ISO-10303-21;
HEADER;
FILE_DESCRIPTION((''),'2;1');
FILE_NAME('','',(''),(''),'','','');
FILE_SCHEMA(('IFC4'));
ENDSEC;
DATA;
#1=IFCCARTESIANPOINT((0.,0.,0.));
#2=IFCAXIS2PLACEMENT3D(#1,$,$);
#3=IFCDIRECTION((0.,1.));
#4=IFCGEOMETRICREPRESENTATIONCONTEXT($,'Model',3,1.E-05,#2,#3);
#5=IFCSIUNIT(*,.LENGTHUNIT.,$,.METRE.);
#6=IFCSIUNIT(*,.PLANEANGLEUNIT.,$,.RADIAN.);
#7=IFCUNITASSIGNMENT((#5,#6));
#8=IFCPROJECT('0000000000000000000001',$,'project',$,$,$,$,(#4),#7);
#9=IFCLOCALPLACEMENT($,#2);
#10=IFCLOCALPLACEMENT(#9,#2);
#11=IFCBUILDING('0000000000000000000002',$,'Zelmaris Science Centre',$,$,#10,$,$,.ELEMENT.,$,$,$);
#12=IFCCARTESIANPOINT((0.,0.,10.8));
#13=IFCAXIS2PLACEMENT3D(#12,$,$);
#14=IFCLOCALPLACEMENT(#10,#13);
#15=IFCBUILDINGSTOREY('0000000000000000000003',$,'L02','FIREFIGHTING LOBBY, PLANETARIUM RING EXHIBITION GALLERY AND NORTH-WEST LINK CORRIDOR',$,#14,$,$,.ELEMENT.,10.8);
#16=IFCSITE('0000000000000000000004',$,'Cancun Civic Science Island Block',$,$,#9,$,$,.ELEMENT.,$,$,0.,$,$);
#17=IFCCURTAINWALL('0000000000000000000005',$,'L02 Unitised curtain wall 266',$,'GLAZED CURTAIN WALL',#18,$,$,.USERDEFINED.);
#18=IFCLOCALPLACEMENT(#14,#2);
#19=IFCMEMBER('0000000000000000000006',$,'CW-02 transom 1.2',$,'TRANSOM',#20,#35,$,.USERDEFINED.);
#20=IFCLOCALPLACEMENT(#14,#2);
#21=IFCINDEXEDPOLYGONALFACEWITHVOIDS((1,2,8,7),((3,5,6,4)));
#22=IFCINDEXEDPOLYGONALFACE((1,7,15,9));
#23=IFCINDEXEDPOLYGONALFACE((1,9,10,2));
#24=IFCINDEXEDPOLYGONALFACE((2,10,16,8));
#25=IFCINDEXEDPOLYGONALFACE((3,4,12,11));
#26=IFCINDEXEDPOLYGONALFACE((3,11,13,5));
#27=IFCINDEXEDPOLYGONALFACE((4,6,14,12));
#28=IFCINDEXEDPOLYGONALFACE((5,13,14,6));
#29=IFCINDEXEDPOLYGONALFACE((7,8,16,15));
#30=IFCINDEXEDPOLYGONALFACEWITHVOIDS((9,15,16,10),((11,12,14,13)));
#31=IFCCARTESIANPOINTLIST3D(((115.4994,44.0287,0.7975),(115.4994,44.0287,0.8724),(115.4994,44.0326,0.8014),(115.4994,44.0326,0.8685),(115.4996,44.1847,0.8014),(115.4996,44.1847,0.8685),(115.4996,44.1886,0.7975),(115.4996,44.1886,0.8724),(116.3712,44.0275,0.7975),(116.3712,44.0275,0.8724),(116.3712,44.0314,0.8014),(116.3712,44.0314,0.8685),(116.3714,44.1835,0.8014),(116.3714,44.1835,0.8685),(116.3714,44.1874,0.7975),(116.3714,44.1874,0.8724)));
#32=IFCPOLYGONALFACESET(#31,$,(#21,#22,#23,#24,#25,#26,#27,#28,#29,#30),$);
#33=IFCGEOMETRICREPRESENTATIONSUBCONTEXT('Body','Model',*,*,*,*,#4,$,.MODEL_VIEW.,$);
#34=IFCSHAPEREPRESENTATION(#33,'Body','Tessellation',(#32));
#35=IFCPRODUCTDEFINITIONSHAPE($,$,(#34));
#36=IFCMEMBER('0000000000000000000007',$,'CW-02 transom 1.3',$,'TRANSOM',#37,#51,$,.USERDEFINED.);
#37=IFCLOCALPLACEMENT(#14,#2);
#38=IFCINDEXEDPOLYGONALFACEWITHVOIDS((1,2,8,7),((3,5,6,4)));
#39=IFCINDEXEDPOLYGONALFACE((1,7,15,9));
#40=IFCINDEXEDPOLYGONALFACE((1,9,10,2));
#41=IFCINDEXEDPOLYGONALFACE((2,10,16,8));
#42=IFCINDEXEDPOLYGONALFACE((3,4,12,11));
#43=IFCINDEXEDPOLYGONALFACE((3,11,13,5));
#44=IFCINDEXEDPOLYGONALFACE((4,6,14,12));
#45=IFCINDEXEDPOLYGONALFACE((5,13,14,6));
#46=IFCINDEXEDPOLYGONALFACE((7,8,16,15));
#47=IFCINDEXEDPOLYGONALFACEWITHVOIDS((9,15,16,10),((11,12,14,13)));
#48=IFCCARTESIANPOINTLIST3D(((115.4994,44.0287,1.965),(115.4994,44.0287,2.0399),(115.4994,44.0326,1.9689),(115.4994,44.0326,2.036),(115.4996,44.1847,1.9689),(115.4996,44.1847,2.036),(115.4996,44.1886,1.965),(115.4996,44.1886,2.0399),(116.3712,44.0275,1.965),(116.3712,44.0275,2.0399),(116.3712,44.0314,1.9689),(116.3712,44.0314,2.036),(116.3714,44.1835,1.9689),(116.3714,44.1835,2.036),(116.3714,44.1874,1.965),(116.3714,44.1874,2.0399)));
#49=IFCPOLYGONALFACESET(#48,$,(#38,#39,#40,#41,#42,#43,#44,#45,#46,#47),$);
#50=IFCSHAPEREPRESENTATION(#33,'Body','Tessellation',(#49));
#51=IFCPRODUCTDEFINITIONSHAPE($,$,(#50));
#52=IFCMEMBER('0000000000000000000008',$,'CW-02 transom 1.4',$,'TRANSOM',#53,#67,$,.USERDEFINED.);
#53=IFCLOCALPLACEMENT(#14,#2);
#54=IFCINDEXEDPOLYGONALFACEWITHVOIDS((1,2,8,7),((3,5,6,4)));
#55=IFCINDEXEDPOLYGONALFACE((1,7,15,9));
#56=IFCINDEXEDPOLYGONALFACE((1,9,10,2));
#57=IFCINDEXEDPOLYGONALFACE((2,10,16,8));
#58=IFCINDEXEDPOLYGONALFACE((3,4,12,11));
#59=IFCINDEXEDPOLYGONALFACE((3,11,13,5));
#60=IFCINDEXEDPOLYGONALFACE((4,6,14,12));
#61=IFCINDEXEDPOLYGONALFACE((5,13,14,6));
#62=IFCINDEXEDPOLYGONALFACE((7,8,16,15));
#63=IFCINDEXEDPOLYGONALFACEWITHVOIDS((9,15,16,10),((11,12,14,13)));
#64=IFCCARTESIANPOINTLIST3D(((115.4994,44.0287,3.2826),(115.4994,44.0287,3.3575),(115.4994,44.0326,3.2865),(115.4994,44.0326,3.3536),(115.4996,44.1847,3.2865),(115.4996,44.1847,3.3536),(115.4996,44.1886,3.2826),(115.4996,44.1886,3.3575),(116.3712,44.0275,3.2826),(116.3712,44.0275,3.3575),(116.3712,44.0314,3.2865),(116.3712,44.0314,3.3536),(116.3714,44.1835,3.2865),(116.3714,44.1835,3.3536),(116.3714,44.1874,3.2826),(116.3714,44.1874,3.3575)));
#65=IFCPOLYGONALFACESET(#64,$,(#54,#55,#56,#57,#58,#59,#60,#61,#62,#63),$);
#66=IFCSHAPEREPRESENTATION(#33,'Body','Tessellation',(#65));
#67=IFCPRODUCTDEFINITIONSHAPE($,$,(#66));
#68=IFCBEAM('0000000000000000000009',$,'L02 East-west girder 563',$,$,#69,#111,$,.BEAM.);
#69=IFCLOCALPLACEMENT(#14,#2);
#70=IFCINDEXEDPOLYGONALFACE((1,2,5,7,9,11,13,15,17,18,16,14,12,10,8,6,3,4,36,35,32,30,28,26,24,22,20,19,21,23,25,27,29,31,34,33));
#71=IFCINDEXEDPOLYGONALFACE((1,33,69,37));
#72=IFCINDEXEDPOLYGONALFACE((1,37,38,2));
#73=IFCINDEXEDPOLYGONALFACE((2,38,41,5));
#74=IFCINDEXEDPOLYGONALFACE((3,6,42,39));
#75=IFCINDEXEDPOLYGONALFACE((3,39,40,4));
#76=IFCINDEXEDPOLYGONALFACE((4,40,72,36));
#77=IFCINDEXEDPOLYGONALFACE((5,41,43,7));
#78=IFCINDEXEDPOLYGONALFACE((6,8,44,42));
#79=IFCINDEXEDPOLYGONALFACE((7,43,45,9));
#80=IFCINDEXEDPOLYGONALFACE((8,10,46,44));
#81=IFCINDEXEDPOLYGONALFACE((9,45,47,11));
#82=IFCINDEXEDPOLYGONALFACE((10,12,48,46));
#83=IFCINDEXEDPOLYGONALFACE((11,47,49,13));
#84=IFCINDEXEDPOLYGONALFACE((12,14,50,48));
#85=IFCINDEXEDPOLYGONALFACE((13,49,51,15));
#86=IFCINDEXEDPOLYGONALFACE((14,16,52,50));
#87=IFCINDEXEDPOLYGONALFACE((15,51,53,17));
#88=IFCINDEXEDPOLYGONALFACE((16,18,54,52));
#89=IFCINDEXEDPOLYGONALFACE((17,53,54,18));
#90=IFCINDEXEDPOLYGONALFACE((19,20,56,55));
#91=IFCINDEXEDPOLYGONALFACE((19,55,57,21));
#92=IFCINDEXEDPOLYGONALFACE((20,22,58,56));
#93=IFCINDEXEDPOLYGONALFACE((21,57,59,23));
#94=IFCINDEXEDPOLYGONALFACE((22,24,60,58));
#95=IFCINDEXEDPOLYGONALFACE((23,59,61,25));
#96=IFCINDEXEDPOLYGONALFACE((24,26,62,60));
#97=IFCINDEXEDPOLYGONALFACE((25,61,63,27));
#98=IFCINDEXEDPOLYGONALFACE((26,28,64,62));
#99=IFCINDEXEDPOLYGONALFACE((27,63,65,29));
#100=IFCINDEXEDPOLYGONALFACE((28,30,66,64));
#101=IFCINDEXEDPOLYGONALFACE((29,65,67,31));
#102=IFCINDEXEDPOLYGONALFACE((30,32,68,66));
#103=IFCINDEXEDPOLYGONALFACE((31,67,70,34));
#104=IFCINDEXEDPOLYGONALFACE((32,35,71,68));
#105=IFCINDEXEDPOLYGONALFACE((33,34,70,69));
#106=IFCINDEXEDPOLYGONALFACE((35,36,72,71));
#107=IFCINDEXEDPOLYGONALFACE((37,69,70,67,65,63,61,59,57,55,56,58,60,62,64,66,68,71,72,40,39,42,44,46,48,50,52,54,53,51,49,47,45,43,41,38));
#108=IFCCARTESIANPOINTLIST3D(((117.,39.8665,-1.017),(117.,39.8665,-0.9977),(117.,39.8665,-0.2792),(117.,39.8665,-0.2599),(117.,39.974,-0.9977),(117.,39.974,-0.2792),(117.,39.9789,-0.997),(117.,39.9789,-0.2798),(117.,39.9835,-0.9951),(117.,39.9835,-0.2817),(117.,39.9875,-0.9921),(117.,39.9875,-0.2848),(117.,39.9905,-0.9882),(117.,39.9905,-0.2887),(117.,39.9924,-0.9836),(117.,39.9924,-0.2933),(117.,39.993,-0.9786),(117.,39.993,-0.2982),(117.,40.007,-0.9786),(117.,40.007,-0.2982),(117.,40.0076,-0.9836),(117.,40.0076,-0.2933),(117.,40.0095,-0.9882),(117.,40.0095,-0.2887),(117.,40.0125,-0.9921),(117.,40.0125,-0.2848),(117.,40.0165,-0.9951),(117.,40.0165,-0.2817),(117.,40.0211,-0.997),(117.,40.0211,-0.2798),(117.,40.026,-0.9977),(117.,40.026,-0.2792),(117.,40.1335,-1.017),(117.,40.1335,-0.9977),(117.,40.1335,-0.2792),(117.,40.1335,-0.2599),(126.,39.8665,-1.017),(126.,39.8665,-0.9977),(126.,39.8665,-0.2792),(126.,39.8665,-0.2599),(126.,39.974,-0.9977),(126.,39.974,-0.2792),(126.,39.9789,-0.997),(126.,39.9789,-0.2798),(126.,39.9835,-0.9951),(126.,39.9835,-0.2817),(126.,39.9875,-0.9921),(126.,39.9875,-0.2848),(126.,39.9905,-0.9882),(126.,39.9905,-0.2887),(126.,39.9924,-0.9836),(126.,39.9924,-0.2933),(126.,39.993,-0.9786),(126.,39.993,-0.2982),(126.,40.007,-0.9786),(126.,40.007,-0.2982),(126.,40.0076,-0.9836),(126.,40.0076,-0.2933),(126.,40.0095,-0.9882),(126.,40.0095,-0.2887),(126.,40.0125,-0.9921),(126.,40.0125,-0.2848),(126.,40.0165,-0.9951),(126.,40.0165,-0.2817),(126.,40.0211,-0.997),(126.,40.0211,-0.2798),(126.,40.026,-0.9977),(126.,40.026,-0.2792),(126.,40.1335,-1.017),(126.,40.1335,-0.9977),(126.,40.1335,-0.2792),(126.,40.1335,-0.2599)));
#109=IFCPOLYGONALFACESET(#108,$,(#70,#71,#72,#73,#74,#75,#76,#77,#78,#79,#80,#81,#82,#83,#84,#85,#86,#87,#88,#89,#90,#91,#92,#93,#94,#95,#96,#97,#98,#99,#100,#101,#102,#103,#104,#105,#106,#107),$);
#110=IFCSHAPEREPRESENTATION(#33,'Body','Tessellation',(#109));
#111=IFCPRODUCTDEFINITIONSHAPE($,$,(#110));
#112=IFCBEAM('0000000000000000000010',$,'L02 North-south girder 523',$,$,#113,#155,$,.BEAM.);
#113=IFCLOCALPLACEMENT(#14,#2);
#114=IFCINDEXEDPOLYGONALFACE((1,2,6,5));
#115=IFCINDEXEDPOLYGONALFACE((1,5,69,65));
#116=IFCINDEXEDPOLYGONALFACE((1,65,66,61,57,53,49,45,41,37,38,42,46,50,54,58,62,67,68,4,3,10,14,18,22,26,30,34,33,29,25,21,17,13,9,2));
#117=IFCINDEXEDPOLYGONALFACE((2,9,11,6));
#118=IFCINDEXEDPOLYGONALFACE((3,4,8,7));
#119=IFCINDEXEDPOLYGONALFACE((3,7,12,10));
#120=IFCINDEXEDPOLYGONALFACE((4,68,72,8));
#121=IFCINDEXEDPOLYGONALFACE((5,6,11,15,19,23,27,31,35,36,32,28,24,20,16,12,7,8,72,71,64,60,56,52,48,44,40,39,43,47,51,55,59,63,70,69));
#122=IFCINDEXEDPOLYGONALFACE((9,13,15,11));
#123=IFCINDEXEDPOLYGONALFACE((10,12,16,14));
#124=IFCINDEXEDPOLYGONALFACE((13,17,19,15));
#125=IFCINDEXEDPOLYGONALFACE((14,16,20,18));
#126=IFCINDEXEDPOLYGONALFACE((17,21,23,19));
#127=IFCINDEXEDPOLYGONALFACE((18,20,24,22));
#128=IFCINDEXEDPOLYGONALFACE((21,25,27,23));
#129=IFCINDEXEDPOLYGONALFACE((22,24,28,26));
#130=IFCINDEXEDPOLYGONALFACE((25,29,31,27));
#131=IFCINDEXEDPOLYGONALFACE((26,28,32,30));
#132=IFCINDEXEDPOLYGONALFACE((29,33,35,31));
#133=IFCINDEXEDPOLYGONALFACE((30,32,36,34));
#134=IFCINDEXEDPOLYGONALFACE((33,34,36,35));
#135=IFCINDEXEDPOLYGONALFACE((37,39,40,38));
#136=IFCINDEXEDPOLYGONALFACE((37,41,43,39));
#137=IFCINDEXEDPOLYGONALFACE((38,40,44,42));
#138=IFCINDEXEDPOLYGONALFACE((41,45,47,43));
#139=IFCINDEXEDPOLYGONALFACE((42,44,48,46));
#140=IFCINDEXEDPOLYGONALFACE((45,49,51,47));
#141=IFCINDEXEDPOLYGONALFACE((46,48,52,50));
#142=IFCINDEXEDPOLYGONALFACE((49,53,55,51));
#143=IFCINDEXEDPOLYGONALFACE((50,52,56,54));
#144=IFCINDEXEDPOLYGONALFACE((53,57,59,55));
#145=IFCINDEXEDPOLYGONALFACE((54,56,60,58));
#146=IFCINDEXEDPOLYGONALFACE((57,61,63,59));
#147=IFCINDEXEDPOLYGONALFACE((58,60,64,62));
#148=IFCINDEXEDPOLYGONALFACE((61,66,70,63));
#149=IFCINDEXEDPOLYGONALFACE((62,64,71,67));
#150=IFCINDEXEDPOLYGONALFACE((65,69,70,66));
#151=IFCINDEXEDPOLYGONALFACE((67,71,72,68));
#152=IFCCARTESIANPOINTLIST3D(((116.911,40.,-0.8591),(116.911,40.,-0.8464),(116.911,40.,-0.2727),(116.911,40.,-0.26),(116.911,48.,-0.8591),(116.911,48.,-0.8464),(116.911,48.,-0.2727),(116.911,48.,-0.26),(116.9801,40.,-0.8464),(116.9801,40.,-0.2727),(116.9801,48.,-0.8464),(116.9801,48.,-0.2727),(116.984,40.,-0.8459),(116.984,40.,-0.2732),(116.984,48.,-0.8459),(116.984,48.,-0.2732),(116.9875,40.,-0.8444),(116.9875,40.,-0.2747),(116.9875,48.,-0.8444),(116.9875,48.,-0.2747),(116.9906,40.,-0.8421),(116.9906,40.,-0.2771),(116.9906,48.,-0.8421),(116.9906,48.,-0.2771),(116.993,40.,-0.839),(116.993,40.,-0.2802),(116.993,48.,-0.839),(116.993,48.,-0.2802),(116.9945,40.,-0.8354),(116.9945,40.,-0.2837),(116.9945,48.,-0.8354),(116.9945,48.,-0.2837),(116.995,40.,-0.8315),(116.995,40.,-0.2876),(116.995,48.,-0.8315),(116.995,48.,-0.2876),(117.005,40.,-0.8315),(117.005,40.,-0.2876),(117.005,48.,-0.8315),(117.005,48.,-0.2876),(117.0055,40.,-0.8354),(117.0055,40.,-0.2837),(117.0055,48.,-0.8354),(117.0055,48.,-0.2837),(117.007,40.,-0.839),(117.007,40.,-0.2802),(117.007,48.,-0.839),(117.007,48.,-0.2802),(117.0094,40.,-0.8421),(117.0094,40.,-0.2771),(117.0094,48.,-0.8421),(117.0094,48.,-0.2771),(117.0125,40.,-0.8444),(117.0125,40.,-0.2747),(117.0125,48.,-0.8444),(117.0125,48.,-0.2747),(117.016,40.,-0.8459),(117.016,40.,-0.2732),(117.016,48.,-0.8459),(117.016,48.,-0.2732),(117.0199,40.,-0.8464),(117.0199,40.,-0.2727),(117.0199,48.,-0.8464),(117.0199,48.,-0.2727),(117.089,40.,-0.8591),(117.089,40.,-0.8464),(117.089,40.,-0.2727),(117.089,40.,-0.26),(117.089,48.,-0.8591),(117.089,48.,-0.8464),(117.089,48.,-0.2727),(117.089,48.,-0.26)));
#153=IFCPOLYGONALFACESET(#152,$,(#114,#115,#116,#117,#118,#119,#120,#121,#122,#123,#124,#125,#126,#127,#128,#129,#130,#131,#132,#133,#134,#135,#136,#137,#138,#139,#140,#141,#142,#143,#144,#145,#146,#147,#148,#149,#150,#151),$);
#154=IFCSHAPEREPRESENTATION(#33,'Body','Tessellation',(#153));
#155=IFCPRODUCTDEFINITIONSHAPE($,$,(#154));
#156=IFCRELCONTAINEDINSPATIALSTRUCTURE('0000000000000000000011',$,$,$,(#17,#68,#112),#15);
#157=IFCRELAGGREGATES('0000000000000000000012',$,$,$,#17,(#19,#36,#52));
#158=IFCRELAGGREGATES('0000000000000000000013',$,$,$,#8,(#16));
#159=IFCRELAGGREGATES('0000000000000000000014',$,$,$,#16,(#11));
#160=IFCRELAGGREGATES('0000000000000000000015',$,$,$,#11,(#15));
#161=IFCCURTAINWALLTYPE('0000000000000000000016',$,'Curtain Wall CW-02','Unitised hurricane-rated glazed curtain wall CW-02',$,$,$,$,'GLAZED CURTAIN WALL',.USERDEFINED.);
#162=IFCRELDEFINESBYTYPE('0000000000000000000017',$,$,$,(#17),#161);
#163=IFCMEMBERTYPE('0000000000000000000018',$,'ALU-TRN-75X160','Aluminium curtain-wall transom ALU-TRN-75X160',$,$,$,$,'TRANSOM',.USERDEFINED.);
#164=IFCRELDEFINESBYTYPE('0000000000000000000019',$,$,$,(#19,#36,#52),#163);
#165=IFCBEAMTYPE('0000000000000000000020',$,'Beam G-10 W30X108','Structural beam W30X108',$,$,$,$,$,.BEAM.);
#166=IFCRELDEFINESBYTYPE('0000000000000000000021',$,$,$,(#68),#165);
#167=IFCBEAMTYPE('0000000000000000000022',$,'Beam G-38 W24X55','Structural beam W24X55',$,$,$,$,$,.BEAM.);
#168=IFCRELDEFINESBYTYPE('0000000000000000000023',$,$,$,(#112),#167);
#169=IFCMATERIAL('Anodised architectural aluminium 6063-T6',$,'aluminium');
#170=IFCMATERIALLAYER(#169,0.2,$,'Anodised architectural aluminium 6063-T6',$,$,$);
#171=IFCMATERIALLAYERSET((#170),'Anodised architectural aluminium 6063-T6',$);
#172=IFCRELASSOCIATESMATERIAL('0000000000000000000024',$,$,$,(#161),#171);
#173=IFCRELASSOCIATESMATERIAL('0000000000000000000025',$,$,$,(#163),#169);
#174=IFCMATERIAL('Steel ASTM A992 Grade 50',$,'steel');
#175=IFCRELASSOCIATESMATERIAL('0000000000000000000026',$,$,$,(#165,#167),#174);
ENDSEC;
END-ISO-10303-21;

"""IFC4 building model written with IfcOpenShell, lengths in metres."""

from ifc_helpers import new_model, si_unit, direction, frame, origin, origin_2d, place, context, subcontext, project, spatial, hollow_rectangle, i_section, extrude, material, layer, layer_set, material_profile, profile_set, type_object, element, aggregate, save


model = new_model("IFC4")

# Units and contexts
model_context = context("Model", 3, precision=1e-05, world=origin(), true_north=direction((0.0, 1.0)))
body_context = subcontext(model_context, "Body", "Model", "MODEL_VIEW")
ifc_project = project(units=[si_unit("LENGTHUNIT", "METRE"), si_unit("PLANEANGLEUNIT", "RADIAN")], contexts=[model_context])

# Site, building, storey
site_placement = place(None, origin())
site = spatial("IfcSite", under=ifc_project, at=site_placement, Name="Cancun Civic Science Island Block", CompositionType="ELEMENT", RefElevation=0.0)
building_placement = place(site_placement, origin())
building = spatial("IfcBuilding", under=site, at=building_placement, Name="Zelmaris Science Centre", CompositionType="ELEMENT")
storey_placement = place(building_placement, frame((0.0, 0.0, 10.8)))
storey = spatial("IfcBuildingStorey", under=building, at=storey_placement, Name="L02", Description="FIREFIGHTING LOBBY, PLANETARIUM RING EXHIBITION GALLERY AND NORTH-WEST LINK CORRIDOR", CompositionType="ELEMENT", Elevation=10.8)

# Shared definitions
ifc_material_1 = material(Name="Steel ASTM A992 Grade 50", Category="steel")

# Curtain wall
ifc_material_2 = material(Name="Anodised architectural aluminium 6063-T6", Category="aluminium")
ifc_layer_1 = layer(ifc_material_2, 0.2, Name="Anodised architectural aluminium 6063-T6")
ifc_layer_set_1 = layer_set([ifc_layer_1], Name="Anodised architectural aluminium 6063-T6")
curtain_wall_type_1 = type_object("IfcCurtainWallType", Name="Curtain Wall CW-02", Description="Unitised hurricane-rated glazed curtain wall CW-02", ElementType="GLAZED CURTAIN WALL", PredefinedType="USERDEFINED", material=ifc_layer_set_1)
curtain_wall_1_placement = place(storey_placement, origin())
curtain_wall_1 = element("IfcCurtainWall", 1, at=curtain_wall_1_placement, inside=storey, type_object=curtain_wall_type_1, Name="L02 Unitised curtain wall 266", ObjectType="GLAZED CURTAIN WALL", PredefinedType="USERDEFINED")

# Members
ifc_material_profile_1 = material_profile(ifc_material_2, hollow_rectangle(XDim=0.075, YDim=0.1599, WallThickness=0.0039, at=origin_2d()), Name="ALU-TRN-75X160")
ifc_profile_set_1 = profile_set([ifc_material_profile_1], Name="Anodised architectural aluminium 6063-T6")
member_type_1 = type_object("IfcMemberType", Name="ALU-TRN-75X160", Description="Aluminium curtain-wall transom ALU-TRN-75X160", ElementType="TRANSOM", PredefinedType="USERDEFINED", material=ifc_profile_set_1)
member_1_placement = place(storey_placement, frame((116.3713, 44.1074, 0.835), z_axis=(-0.999999, 0.0014, 0.0), x_axis=(0.0, 0.0, 1.0)))
member_1 = element("IfcMember", 2, at=member_1_placement, type_object=member_type_1, Name="CW-02 transom 1.2", ObjectType="TRANSOM", PredefinedType="USERDEFINED", context=body_context, shape_type="SweptSolid", body=[
    extrude(hollow_rectangle(XDim=0.075, YDim=0.1599, WallThickness=0.0039, at=origin_2d()), origin(), (0.0, 0.0, 1.0), 0.8718),
])
member_2_placement = place(storey_placement, frame((116.3713, 44.1074, 2.0024), z_axis=(-0.999999, 0.0014, 0.0), x_axis=(0.0, 0.0, 1.0)))
member_2 = element("IfcMember", 3, at=member_2_placement, type_object=member_type_1, Name="CW-02 transom 1.3", ObjectType="TRANSOM", PredefinedType="USERDEFINED", context=body_context, shape_type="SweptSolid", body=[
    extrude(hollow_rectangle(XDim=0.075, YDim=0.1599, WallThickness=0.0039, at=origin_2d()), origin(), (0.0, 0.0, 1.0), 0.8718),
])
member_3_placement = place(storey_placement, frame((116.3713, 44.1074, 3.3201), z_axis=(-0.999999, 0.0014, 0.0), x_axis=(0.0, 0.0, 1.0)))
member_3 = element("IfcMember", 4, at=member_3_placement, type_object=member_type_1, Name="CW-02 transom 1.4", ObjectType="TRANSOM", PredefinedType="USERDEFINED", context=body_context, shape_type="SweptSolid", body=[
    extrude(hollow_rectangle(XDim=0.075, YDim=0.1599, WallThickness=0.0039, at=origin_2d()), origin(), (0.0, 0.0, 1.0), 0.8718),
])
aggregate(curtain_wall_1, [member_1, member_2, member_3])

# Beams
ifc_material_profile_2 = material_profile(ifc_material_1, i_section(OverallWidth=0.2671, OverallDepth=0.7571, WebThickness=0.0139, FlangeThickness=0.0193, FilletRadius=0.019, at=origin_2d()), Name="W30X108")
ifc_profile_set_2 = profile_set([ifc_material_profile_2], Name="Steel ASTM A992 Grade 50")
beam_type_1 = type_object("IfcBeamType", Name="Beam G-10 W30X108", Description="Structural beam W30X108", PredefinedType="BEAM", material=ifc_profile_set_2)
beam_1_placement = place(storey_placement, frame((117.0, 40.0, -0.6384), z_axis=(1.0, 0.0, 0.0), x_axis=(0.0, 1.0, 0.0)))
element("IfcBeam", 5, at=beam_1_placement, inside=storey, type_object=beam_type_1, Name="L02 East-west girder 563", PredefinedType="BEAM", context=body_context, shape_type="SweptSolid", body=[
    extrude(i_section(OverallWidth=0.2671, OverallDepth=0.7571, WebThickness=0.0139, FlangeThickness=0.0193, FilletRadius=0.019, at=origin_2d()), origin(), (0.0, 0.0, 1.0), 9.0),
])
ifc_material_profile_3 = material_profile(ifc_material_1, i_section(OverallWidth=0.178, OverallDepth=0.5991, WebThickness=0.01, FlangeThickness=0.0127, FilletRadius=0.0149, at=origin_2d()), Name="W24X55")
ifc_profile_set_3 = profile_set([ifc_material_profile_3], Name="Steel ASTM A992 Grade 50")
beam_type_2 = type_object("IfcBeamType", Name="Beam G-38 W24X55", Description="Structural beam W24X55", PredefinedType="BEAM", material=ifc_profile_set_3)
beam_2_placement = place(storey_placement, frame((117.0, 40.0, -0.5596), z_axis=(0.0, 1.0, 0.0), x_axis=(-1.0, 0.0, 0.0)))
element("IfcBeam", 6, at=beam_2_placement, inside=storey, type_object=beam_type_2, Name="L02 North-south girder 523", PredefinedType="BEAM", context=body_context, shape_type="SweptSolid", body=[
    extrude(i_section(OverallWidth=0.178, OverallDepth=0.5991, WebThickness=0.01, FlangeThickness=0.0127, FilletRadius=0.0149, at=origin_2d()), origin(), (0.0, 0.0, 1.0), 8.0),
])

save(model, "model.ifc")
